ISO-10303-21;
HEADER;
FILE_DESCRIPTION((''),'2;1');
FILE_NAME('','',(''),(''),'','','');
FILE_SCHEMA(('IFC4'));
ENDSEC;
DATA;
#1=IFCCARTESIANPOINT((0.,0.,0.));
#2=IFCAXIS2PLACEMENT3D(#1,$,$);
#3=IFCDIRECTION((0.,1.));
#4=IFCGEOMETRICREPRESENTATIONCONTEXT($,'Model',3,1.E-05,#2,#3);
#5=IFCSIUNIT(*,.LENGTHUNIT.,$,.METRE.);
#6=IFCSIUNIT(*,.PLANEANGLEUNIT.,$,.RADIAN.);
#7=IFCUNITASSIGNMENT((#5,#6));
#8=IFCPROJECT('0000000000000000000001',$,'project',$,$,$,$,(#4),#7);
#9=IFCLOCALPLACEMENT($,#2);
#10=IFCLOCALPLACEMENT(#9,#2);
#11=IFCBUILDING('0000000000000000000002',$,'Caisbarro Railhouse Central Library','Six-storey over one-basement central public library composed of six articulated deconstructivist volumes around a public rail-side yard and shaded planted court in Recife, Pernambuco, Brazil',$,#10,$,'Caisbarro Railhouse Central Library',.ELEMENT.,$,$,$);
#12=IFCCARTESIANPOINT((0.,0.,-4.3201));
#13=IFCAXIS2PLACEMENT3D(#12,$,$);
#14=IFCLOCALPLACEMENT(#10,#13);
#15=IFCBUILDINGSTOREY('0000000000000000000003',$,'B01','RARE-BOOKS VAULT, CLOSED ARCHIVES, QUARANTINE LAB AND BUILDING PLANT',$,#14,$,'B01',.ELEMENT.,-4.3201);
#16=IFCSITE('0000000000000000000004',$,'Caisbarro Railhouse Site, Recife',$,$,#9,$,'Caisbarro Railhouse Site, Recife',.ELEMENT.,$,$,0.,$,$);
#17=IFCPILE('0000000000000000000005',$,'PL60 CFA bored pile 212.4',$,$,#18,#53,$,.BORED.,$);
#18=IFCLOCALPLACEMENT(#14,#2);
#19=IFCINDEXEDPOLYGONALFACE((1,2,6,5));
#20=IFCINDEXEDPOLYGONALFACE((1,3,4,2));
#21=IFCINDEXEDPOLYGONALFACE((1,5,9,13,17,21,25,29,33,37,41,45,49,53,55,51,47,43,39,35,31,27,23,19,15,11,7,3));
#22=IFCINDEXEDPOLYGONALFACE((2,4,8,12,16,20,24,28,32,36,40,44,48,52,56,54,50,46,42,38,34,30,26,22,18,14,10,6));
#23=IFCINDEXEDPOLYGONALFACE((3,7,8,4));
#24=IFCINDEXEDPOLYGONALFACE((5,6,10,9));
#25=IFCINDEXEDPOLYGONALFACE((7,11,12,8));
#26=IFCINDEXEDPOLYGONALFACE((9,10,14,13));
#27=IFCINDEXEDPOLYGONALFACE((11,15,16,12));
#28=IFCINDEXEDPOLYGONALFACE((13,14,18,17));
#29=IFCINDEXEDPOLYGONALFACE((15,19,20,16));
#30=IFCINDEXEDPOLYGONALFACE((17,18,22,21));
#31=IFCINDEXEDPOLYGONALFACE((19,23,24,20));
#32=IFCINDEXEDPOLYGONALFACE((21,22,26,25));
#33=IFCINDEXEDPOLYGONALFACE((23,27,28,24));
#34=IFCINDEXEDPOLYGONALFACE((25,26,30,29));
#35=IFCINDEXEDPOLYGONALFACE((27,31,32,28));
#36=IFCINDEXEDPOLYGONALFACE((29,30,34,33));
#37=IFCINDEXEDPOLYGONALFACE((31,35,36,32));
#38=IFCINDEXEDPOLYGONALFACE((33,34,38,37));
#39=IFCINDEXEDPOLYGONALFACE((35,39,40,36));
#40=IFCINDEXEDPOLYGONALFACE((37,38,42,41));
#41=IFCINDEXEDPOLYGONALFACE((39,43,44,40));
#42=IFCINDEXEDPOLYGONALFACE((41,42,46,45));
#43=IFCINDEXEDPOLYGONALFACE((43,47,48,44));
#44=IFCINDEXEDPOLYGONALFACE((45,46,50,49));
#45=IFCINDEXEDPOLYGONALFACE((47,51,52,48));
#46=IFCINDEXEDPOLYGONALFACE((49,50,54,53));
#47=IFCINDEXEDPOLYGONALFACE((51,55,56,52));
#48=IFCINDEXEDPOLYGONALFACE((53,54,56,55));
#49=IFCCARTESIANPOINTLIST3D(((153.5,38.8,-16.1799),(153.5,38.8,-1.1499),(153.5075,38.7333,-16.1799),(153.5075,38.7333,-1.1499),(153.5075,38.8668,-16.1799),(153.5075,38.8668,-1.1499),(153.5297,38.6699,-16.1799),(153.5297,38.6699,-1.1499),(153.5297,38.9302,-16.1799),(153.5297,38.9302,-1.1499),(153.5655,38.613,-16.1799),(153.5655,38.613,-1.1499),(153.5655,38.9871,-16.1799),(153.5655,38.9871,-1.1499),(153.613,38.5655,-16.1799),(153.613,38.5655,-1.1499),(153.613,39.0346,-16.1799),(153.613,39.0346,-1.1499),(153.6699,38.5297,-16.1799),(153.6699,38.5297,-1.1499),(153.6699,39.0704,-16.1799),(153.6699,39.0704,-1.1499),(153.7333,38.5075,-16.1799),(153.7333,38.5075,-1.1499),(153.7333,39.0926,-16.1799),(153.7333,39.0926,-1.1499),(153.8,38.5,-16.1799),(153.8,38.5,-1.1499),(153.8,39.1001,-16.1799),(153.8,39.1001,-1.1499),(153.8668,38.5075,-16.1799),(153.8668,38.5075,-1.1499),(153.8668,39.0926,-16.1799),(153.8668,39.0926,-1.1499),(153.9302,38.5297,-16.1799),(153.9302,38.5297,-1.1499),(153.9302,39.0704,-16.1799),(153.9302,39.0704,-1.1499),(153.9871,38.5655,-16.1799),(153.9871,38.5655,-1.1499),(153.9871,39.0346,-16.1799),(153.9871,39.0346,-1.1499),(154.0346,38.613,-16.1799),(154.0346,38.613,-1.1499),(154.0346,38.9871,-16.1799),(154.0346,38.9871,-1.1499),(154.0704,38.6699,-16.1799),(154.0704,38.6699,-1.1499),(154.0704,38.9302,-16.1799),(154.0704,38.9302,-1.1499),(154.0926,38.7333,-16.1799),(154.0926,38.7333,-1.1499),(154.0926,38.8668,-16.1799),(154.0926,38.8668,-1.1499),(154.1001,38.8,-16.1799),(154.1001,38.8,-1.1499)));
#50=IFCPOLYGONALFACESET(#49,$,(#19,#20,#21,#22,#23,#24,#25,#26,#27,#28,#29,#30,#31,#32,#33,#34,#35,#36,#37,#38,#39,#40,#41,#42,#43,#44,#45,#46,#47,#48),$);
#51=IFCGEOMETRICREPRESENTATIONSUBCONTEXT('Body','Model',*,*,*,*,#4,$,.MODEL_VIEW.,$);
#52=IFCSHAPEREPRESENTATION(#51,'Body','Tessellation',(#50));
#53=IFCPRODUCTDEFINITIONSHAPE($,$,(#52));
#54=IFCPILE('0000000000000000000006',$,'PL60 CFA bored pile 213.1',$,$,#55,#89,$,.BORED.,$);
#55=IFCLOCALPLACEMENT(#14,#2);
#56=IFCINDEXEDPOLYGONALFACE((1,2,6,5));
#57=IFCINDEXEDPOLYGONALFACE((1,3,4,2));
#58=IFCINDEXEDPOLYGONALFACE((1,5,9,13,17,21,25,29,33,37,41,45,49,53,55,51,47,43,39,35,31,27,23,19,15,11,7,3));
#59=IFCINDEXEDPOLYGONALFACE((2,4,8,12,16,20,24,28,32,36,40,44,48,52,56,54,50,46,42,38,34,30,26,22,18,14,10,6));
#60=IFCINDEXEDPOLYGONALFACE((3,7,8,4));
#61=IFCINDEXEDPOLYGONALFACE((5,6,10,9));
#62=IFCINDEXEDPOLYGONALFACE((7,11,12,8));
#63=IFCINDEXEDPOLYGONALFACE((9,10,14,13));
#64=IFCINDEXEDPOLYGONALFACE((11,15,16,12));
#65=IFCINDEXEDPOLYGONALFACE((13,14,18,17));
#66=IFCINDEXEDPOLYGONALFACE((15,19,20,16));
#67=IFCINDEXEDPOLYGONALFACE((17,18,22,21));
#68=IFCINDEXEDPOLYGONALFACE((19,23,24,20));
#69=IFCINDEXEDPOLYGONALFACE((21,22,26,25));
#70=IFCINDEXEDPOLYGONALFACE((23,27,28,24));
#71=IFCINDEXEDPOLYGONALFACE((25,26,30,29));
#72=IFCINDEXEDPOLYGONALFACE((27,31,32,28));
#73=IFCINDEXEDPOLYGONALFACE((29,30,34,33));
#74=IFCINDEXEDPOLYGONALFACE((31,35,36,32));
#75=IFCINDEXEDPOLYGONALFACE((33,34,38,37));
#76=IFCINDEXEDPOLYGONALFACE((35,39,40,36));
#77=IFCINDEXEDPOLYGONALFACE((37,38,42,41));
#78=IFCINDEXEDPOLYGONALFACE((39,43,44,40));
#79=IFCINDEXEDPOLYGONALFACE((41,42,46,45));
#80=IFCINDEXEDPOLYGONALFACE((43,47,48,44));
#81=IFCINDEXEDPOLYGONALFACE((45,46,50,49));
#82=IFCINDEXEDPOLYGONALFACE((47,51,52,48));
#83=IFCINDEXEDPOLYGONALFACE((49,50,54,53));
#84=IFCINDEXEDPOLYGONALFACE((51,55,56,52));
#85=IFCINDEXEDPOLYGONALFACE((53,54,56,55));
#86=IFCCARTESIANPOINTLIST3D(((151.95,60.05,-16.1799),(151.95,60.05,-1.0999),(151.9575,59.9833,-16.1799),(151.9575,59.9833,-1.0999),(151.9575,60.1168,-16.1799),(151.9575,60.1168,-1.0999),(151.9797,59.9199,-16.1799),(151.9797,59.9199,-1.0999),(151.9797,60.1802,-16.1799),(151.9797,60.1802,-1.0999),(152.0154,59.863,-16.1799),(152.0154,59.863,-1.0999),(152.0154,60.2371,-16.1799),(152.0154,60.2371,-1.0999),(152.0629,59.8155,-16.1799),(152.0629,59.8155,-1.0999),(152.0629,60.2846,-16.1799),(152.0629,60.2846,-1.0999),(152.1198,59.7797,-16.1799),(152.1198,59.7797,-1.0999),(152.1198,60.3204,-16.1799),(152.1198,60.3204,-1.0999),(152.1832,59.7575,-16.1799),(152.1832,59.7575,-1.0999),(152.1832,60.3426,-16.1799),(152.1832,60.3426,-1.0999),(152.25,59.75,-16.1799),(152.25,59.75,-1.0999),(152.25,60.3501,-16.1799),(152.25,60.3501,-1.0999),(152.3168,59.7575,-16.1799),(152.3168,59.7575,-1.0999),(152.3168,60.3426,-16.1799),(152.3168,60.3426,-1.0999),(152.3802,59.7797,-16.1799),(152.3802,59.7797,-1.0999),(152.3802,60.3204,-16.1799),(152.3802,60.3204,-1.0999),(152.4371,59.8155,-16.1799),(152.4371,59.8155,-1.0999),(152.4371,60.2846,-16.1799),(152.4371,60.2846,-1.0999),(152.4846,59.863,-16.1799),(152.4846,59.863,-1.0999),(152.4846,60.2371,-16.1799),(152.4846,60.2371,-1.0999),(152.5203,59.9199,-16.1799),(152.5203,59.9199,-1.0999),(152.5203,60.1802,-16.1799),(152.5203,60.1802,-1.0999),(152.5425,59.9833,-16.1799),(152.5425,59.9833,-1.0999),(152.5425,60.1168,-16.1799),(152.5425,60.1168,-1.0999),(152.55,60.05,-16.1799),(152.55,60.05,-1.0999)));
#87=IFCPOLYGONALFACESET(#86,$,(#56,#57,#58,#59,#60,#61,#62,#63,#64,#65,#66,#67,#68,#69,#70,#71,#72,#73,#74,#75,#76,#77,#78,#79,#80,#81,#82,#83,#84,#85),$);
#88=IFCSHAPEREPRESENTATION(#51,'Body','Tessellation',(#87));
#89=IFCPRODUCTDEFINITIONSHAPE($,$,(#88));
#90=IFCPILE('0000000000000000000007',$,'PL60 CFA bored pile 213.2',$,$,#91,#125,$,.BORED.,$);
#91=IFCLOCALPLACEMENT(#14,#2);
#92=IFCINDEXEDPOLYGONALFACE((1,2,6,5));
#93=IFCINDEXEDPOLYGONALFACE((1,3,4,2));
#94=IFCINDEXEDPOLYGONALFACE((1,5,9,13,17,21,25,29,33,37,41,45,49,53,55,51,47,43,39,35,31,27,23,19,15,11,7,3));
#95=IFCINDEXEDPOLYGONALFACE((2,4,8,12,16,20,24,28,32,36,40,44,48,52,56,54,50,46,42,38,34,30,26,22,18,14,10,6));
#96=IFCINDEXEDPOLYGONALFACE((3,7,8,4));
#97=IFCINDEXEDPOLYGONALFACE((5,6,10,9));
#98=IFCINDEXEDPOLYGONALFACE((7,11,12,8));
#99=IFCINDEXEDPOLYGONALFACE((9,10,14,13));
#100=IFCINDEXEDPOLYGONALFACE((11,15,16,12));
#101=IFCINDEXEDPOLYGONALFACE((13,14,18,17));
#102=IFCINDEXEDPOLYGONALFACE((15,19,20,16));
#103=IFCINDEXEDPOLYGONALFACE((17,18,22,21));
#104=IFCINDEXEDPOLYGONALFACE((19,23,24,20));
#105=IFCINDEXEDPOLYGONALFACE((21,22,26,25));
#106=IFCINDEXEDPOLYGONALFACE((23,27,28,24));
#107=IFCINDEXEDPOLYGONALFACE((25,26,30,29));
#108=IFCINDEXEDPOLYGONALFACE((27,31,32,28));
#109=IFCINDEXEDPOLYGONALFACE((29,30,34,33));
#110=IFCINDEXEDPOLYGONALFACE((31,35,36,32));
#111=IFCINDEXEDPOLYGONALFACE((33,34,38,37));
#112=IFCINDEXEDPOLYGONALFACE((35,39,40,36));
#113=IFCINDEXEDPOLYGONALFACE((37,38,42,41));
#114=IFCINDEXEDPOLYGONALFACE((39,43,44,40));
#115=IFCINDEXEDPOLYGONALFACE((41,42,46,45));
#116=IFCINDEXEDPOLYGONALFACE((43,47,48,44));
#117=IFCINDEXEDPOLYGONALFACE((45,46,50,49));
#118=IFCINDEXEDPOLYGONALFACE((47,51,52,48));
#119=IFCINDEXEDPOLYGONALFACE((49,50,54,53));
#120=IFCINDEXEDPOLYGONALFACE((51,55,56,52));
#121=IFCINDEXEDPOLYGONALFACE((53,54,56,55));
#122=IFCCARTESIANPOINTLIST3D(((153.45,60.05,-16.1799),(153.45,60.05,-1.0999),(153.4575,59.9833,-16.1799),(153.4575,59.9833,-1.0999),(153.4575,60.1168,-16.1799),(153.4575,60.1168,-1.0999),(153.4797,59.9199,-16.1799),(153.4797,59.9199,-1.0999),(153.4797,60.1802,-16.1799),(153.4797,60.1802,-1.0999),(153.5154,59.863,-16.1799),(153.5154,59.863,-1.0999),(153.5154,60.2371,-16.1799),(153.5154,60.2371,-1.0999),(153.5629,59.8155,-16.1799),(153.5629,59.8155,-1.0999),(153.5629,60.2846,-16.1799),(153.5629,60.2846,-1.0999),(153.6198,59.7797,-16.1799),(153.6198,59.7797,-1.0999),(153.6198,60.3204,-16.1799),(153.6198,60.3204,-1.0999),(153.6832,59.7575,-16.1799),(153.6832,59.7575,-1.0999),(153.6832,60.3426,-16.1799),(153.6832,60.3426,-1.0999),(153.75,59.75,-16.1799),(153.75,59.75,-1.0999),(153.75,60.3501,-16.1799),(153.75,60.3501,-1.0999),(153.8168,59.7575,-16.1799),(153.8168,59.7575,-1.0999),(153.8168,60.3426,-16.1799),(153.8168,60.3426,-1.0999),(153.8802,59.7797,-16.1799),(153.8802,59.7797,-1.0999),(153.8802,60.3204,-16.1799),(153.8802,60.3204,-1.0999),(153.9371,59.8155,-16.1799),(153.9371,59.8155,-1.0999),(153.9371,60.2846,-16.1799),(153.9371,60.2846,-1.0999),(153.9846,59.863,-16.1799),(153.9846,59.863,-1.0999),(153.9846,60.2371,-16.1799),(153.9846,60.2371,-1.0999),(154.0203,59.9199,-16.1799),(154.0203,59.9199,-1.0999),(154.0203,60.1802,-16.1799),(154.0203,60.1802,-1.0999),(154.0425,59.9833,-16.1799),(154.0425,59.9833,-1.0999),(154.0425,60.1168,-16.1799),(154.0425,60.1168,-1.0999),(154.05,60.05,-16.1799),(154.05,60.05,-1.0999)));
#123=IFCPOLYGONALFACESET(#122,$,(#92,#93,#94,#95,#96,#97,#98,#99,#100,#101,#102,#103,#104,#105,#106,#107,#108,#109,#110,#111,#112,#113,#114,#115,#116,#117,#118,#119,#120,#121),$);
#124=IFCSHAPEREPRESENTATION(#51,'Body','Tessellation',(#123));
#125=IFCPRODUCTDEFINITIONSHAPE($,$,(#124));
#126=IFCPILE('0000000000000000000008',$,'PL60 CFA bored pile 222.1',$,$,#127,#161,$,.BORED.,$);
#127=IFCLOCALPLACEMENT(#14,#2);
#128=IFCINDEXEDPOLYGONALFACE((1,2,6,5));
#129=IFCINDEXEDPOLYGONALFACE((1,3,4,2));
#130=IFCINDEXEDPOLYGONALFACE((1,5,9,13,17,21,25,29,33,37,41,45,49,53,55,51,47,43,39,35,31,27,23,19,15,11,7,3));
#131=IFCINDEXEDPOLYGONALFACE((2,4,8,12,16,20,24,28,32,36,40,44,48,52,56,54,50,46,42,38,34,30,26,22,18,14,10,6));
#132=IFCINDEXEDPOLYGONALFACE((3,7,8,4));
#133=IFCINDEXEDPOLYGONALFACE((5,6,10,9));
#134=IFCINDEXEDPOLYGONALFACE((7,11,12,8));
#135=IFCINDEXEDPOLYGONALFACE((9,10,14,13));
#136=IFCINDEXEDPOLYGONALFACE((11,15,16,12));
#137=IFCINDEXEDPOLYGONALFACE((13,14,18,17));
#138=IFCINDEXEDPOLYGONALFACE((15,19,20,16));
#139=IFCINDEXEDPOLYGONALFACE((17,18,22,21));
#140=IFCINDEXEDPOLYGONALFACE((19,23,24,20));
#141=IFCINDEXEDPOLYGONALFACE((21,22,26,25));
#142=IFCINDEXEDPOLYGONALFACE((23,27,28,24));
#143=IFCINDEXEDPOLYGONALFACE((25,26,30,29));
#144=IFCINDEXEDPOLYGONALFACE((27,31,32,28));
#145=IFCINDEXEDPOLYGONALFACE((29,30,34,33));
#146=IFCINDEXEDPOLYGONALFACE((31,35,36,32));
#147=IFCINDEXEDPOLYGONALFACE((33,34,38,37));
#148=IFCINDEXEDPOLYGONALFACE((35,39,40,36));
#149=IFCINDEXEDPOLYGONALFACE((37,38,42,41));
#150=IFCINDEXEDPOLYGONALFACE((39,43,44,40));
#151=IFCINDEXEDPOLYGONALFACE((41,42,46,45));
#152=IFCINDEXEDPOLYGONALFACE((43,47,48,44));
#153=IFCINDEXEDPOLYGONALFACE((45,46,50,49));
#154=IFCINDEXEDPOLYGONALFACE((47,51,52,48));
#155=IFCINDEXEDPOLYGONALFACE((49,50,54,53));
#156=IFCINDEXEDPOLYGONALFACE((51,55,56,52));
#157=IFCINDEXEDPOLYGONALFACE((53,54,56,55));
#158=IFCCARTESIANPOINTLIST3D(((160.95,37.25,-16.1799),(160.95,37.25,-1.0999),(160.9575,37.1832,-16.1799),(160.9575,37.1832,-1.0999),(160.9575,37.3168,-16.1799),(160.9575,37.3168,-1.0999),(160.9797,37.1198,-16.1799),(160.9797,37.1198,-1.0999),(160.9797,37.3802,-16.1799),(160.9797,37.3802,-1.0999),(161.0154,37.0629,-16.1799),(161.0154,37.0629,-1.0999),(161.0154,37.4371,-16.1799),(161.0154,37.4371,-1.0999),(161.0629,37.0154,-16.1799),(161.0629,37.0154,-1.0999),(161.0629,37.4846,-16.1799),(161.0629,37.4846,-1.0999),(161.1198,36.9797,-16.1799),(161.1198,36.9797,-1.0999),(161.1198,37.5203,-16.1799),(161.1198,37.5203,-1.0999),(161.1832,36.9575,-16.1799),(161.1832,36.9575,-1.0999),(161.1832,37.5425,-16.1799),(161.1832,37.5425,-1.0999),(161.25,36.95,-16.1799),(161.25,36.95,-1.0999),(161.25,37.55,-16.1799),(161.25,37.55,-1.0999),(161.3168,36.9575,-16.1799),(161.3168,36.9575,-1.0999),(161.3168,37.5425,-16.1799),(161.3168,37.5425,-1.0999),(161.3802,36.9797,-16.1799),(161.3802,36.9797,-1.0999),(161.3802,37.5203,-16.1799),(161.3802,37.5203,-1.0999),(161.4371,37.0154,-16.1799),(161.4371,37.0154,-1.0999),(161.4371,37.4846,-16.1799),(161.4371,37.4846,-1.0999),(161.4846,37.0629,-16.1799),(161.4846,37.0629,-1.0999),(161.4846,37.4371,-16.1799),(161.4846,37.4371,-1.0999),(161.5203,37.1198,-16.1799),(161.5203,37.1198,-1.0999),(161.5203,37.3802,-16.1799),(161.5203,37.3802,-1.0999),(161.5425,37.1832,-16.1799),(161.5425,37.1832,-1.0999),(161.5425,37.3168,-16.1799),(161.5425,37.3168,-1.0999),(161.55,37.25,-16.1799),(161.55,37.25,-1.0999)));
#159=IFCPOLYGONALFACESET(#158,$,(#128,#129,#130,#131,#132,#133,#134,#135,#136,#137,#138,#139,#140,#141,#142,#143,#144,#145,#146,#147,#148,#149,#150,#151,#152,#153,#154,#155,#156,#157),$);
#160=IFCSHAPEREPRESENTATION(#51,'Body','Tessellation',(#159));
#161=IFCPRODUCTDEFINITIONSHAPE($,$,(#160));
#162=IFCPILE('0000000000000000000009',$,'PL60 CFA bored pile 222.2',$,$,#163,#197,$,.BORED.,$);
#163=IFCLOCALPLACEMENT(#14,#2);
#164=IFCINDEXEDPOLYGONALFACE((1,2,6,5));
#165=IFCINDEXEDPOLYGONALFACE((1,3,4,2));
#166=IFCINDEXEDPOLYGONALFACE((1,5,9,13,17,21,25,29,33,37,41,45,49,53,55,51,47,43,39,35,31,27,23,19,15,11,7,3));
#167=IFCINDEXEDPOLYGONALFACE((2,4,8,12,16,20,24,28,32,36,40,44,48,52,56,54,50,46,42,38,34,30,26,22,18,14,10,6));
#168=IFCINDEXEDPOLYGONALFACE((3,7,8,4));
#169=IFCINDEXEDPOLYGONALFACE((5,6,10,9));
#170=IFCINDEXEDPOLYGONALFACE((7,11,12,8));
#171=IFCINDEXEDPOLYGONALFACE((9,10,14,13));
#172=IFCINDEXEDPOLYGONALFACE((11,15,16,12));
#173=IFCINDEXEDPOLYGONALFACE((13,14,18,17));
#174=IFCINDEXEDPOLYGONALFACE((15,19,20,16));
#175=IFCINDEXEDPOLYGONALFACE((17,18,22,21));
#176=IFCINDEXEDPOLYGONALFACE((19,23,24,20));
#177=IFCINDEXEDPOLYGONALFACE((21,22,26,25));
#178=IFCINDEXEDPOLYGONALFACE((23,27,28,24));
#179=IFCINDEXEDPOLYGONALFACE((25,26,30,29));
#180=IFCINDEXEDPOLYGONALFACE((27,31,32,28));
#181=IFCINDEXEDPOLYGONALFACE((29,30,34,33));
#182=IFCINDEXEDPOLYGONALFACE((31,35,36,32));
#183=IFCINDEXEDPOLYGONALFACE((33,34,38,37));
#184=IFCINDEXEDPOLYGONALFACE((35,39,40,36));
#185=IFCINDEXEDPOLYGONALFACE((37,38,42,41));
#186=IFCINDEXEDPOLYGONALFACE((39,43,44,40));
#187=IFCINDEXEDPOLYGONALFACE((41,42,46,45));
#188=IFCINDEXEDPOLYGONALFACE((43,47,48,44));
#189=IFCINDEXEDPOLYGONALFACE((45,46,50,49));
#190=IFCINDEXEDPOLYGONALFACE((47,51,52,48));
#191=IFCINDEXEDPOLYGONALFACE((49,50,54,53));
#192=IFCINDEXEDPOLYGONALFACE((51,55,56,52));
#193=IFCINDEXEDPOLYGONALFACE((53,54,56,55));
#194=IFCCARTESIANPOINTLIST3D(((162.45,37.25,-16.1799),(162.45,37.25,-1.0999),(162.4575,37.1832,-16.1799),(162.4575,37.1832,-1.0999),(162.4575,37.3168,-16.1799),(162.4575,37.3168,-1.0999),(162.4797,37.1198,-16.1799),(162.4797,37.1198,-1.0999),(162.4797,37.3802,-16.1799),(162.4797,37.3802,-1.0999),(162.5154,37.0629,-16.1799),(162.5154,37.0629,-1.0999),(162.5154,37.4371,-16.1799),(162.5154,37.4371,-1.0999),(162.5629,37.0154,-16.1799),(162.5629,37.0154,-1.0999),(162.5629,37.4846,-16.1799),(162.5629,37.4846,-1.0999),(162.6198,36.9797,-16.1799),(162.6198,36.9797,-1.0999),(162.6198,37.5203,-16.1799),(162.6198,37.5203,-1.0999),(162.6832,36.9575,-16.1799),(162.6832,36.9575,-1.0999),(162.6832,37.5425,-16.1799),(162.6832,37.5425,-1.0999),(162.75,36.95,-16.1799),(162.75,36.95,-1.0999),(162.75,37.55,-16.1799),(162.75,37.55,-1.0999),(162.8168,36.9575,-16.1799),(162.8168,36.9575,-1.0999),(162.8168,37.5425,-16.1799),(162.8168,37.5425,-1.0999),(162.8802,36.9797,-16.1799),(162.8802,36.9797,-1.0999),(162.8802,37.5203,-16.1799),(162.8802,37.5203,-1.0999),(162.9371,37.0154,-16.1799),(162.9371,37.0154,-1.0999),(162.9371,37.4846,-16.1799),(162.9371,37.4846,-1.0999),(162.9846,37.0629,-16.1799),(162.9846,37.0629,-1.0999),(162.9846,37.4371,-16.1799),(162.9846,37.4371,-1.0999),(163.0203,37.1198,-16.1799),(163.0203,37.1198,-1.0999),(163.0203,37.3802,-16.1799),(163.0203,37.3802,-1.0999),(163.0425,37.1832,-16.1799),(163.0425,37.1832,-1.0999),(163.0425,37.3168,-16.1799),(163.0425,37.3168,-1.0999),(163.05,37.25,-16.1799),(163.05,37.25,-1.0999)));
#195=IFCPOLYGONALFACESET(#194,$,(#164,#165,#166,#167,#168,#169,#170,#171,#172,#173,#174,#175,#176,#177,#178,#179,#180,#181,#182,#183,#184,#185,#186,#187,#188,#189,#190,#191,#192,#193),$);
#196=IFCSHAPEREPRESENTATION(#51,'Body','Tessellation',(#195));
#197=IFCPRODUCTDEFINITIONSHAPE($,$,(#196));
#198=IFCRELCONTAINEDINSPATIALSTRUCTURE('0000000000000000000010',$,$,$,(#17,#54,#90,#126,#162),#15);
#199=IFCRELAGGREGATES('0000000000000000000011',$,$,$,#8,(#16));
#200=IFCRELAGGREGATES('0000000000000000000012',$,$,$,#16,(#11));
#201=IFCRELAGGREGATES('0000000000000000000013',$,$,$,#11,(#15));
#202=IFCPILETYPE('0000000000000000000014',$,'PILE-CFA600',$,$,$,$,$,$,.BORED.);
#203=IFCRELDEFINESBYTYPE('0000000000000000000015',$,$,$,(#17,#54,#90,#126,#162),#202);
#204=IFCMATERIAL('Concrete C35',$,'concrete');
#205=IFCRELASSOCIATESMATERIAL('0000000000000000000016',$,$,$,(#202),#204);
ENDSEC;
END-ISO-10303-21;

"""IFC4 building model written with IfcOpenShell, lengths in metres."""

from ifc_helpers import new_model, si_unit, direction, frame, origin, origin_2d, place, context, subcontext, project, spatial, circle, extrude, material, material_profile, profile_set, type_object, element, save


model = new_model("IFC4")

# Units and contexts
model_context = context("Model", 3, precision=1e-05, world=origin(), true_north=direction((0.0, 1.0)))
body_context = subcontext(model_context, "Body", "Model", "MODEL_VIEW")
ifc_project = project(units=[si_unit("LENGTHUNIT", "METRE"), si_unit("PLANEANGLEUNIT", "RADIAN")], contexts=[model_context])

# Site, building, storey
site_placement = place(None, origin())
site = spatial("IfcSite", under=ifc_project, at=site_placement, Name="Caisbarro Railhouse Site, Recife", LongName="Caisbarro Railhouse Site, Recife", CompositionType="ELEMENT", RefElevation=0.0)
building_placement = place(site_placement, origin())
building = spatial("IfcBuilding", under=site, at=building_placement, Name="Caisbarro Railhouse Central Library", Description="Six-storey over one-basement central public library composed of six articulated deconstructivist volumes around a public rail-side yard and shaded planted court in Recife, Pernambuco, Brazil", LongName="Caisbarro Railhouse Central Library", CompositionType="ELEMENT")
storey_placement = place(building_placement, frame((0.0, 0.0, -4.3201)))
storey = spatial("IfcBuildingStorey", under=building, at=storey_placement, Name="B01", Description="RARE-BOOKS VAULT, CLOSED ARCHIVES, QUARANTINE LAB AND BUILDING PLANT", LongName="B01", CompositionType="ELEMENT", Elevation=-4.3201)

# Shared definitions
ifc_material_1 = material(Name="Concrete C35", Category="concrete")

# Piles
ifc_material_profile_1 = material_profile(ifc_material_1, circle(Radius=0.3, at=origin_2d()), Name="PILE-CFA-600")
ifc_profile_set_1 = profile_set([ifc_material_profile_1], Name="Concrete C35")
pile_type = type_object("IfcPileType", Name="PILE-CFA600", PredefinedType="BORED", material=ifc_profile_set_1)
for number, where, z_axis, x_axis, name in (
    (1, (153.8, 38.8, -1.1499), (0.0, 0.0, -1.0), (1.0, 0.0, 0.0), "PL60 CFA bored pile 212.4"),
):
    element("IfcPile", number, at=place(storey_placement, frame(where, z_axis=z_axis, x_axis=x_axis)), inside=storey, type_object=pile_type, Name=name, PredefinedType="BORED", context=body_context, shape_type="SweptSolid", body=[
        extrude(circle(Radius=0.3, at=origin_2d()), origin(), (0.0, 0.0, 1.0), 15.03),
    ])
for number, where, z_axis, x_axis, name in (
    (2, (152.25, 60.05, -1.0999), (0.0, 0.0, -1.0), (1.0, 0.0, 0.0), "PL60 CFA bored pile 213.1"),
    (3, (153.75, 60.05, -1.0999), (0.0, 0.0, -1.0), (1.0, 0.0, 0.0), "PL60 CFA bored pile 213.2"),
    (4, (161.25, 37.25, -1.0999), (0.0, 0.0, -1.0), (1.0, 0.0, 0.0), "PL60 CFA bored pile 222.1"),
    (5, (162.75, 37.25, -1.0999), (0.0, 0.0, -1.0), (1.0, 0.0, 0.0), "PL60 CFA bored pile 222.2"),
):
    element("IfcPile", number, at=place(storey_placement, frame(where, z_axis=z_axis, x_axis=x_axis)), inside=storey, type_object=pile_type, Name=name, PredefinedType="BORED", context=body_context, shape_type="SweptSolid", body=[
        extrude(circle(Radius=0.3, at=origin_2d()), origin(), (0.0, 0.0, 1.0), 15.0801),
    ])

save(model, "model.ifc")
